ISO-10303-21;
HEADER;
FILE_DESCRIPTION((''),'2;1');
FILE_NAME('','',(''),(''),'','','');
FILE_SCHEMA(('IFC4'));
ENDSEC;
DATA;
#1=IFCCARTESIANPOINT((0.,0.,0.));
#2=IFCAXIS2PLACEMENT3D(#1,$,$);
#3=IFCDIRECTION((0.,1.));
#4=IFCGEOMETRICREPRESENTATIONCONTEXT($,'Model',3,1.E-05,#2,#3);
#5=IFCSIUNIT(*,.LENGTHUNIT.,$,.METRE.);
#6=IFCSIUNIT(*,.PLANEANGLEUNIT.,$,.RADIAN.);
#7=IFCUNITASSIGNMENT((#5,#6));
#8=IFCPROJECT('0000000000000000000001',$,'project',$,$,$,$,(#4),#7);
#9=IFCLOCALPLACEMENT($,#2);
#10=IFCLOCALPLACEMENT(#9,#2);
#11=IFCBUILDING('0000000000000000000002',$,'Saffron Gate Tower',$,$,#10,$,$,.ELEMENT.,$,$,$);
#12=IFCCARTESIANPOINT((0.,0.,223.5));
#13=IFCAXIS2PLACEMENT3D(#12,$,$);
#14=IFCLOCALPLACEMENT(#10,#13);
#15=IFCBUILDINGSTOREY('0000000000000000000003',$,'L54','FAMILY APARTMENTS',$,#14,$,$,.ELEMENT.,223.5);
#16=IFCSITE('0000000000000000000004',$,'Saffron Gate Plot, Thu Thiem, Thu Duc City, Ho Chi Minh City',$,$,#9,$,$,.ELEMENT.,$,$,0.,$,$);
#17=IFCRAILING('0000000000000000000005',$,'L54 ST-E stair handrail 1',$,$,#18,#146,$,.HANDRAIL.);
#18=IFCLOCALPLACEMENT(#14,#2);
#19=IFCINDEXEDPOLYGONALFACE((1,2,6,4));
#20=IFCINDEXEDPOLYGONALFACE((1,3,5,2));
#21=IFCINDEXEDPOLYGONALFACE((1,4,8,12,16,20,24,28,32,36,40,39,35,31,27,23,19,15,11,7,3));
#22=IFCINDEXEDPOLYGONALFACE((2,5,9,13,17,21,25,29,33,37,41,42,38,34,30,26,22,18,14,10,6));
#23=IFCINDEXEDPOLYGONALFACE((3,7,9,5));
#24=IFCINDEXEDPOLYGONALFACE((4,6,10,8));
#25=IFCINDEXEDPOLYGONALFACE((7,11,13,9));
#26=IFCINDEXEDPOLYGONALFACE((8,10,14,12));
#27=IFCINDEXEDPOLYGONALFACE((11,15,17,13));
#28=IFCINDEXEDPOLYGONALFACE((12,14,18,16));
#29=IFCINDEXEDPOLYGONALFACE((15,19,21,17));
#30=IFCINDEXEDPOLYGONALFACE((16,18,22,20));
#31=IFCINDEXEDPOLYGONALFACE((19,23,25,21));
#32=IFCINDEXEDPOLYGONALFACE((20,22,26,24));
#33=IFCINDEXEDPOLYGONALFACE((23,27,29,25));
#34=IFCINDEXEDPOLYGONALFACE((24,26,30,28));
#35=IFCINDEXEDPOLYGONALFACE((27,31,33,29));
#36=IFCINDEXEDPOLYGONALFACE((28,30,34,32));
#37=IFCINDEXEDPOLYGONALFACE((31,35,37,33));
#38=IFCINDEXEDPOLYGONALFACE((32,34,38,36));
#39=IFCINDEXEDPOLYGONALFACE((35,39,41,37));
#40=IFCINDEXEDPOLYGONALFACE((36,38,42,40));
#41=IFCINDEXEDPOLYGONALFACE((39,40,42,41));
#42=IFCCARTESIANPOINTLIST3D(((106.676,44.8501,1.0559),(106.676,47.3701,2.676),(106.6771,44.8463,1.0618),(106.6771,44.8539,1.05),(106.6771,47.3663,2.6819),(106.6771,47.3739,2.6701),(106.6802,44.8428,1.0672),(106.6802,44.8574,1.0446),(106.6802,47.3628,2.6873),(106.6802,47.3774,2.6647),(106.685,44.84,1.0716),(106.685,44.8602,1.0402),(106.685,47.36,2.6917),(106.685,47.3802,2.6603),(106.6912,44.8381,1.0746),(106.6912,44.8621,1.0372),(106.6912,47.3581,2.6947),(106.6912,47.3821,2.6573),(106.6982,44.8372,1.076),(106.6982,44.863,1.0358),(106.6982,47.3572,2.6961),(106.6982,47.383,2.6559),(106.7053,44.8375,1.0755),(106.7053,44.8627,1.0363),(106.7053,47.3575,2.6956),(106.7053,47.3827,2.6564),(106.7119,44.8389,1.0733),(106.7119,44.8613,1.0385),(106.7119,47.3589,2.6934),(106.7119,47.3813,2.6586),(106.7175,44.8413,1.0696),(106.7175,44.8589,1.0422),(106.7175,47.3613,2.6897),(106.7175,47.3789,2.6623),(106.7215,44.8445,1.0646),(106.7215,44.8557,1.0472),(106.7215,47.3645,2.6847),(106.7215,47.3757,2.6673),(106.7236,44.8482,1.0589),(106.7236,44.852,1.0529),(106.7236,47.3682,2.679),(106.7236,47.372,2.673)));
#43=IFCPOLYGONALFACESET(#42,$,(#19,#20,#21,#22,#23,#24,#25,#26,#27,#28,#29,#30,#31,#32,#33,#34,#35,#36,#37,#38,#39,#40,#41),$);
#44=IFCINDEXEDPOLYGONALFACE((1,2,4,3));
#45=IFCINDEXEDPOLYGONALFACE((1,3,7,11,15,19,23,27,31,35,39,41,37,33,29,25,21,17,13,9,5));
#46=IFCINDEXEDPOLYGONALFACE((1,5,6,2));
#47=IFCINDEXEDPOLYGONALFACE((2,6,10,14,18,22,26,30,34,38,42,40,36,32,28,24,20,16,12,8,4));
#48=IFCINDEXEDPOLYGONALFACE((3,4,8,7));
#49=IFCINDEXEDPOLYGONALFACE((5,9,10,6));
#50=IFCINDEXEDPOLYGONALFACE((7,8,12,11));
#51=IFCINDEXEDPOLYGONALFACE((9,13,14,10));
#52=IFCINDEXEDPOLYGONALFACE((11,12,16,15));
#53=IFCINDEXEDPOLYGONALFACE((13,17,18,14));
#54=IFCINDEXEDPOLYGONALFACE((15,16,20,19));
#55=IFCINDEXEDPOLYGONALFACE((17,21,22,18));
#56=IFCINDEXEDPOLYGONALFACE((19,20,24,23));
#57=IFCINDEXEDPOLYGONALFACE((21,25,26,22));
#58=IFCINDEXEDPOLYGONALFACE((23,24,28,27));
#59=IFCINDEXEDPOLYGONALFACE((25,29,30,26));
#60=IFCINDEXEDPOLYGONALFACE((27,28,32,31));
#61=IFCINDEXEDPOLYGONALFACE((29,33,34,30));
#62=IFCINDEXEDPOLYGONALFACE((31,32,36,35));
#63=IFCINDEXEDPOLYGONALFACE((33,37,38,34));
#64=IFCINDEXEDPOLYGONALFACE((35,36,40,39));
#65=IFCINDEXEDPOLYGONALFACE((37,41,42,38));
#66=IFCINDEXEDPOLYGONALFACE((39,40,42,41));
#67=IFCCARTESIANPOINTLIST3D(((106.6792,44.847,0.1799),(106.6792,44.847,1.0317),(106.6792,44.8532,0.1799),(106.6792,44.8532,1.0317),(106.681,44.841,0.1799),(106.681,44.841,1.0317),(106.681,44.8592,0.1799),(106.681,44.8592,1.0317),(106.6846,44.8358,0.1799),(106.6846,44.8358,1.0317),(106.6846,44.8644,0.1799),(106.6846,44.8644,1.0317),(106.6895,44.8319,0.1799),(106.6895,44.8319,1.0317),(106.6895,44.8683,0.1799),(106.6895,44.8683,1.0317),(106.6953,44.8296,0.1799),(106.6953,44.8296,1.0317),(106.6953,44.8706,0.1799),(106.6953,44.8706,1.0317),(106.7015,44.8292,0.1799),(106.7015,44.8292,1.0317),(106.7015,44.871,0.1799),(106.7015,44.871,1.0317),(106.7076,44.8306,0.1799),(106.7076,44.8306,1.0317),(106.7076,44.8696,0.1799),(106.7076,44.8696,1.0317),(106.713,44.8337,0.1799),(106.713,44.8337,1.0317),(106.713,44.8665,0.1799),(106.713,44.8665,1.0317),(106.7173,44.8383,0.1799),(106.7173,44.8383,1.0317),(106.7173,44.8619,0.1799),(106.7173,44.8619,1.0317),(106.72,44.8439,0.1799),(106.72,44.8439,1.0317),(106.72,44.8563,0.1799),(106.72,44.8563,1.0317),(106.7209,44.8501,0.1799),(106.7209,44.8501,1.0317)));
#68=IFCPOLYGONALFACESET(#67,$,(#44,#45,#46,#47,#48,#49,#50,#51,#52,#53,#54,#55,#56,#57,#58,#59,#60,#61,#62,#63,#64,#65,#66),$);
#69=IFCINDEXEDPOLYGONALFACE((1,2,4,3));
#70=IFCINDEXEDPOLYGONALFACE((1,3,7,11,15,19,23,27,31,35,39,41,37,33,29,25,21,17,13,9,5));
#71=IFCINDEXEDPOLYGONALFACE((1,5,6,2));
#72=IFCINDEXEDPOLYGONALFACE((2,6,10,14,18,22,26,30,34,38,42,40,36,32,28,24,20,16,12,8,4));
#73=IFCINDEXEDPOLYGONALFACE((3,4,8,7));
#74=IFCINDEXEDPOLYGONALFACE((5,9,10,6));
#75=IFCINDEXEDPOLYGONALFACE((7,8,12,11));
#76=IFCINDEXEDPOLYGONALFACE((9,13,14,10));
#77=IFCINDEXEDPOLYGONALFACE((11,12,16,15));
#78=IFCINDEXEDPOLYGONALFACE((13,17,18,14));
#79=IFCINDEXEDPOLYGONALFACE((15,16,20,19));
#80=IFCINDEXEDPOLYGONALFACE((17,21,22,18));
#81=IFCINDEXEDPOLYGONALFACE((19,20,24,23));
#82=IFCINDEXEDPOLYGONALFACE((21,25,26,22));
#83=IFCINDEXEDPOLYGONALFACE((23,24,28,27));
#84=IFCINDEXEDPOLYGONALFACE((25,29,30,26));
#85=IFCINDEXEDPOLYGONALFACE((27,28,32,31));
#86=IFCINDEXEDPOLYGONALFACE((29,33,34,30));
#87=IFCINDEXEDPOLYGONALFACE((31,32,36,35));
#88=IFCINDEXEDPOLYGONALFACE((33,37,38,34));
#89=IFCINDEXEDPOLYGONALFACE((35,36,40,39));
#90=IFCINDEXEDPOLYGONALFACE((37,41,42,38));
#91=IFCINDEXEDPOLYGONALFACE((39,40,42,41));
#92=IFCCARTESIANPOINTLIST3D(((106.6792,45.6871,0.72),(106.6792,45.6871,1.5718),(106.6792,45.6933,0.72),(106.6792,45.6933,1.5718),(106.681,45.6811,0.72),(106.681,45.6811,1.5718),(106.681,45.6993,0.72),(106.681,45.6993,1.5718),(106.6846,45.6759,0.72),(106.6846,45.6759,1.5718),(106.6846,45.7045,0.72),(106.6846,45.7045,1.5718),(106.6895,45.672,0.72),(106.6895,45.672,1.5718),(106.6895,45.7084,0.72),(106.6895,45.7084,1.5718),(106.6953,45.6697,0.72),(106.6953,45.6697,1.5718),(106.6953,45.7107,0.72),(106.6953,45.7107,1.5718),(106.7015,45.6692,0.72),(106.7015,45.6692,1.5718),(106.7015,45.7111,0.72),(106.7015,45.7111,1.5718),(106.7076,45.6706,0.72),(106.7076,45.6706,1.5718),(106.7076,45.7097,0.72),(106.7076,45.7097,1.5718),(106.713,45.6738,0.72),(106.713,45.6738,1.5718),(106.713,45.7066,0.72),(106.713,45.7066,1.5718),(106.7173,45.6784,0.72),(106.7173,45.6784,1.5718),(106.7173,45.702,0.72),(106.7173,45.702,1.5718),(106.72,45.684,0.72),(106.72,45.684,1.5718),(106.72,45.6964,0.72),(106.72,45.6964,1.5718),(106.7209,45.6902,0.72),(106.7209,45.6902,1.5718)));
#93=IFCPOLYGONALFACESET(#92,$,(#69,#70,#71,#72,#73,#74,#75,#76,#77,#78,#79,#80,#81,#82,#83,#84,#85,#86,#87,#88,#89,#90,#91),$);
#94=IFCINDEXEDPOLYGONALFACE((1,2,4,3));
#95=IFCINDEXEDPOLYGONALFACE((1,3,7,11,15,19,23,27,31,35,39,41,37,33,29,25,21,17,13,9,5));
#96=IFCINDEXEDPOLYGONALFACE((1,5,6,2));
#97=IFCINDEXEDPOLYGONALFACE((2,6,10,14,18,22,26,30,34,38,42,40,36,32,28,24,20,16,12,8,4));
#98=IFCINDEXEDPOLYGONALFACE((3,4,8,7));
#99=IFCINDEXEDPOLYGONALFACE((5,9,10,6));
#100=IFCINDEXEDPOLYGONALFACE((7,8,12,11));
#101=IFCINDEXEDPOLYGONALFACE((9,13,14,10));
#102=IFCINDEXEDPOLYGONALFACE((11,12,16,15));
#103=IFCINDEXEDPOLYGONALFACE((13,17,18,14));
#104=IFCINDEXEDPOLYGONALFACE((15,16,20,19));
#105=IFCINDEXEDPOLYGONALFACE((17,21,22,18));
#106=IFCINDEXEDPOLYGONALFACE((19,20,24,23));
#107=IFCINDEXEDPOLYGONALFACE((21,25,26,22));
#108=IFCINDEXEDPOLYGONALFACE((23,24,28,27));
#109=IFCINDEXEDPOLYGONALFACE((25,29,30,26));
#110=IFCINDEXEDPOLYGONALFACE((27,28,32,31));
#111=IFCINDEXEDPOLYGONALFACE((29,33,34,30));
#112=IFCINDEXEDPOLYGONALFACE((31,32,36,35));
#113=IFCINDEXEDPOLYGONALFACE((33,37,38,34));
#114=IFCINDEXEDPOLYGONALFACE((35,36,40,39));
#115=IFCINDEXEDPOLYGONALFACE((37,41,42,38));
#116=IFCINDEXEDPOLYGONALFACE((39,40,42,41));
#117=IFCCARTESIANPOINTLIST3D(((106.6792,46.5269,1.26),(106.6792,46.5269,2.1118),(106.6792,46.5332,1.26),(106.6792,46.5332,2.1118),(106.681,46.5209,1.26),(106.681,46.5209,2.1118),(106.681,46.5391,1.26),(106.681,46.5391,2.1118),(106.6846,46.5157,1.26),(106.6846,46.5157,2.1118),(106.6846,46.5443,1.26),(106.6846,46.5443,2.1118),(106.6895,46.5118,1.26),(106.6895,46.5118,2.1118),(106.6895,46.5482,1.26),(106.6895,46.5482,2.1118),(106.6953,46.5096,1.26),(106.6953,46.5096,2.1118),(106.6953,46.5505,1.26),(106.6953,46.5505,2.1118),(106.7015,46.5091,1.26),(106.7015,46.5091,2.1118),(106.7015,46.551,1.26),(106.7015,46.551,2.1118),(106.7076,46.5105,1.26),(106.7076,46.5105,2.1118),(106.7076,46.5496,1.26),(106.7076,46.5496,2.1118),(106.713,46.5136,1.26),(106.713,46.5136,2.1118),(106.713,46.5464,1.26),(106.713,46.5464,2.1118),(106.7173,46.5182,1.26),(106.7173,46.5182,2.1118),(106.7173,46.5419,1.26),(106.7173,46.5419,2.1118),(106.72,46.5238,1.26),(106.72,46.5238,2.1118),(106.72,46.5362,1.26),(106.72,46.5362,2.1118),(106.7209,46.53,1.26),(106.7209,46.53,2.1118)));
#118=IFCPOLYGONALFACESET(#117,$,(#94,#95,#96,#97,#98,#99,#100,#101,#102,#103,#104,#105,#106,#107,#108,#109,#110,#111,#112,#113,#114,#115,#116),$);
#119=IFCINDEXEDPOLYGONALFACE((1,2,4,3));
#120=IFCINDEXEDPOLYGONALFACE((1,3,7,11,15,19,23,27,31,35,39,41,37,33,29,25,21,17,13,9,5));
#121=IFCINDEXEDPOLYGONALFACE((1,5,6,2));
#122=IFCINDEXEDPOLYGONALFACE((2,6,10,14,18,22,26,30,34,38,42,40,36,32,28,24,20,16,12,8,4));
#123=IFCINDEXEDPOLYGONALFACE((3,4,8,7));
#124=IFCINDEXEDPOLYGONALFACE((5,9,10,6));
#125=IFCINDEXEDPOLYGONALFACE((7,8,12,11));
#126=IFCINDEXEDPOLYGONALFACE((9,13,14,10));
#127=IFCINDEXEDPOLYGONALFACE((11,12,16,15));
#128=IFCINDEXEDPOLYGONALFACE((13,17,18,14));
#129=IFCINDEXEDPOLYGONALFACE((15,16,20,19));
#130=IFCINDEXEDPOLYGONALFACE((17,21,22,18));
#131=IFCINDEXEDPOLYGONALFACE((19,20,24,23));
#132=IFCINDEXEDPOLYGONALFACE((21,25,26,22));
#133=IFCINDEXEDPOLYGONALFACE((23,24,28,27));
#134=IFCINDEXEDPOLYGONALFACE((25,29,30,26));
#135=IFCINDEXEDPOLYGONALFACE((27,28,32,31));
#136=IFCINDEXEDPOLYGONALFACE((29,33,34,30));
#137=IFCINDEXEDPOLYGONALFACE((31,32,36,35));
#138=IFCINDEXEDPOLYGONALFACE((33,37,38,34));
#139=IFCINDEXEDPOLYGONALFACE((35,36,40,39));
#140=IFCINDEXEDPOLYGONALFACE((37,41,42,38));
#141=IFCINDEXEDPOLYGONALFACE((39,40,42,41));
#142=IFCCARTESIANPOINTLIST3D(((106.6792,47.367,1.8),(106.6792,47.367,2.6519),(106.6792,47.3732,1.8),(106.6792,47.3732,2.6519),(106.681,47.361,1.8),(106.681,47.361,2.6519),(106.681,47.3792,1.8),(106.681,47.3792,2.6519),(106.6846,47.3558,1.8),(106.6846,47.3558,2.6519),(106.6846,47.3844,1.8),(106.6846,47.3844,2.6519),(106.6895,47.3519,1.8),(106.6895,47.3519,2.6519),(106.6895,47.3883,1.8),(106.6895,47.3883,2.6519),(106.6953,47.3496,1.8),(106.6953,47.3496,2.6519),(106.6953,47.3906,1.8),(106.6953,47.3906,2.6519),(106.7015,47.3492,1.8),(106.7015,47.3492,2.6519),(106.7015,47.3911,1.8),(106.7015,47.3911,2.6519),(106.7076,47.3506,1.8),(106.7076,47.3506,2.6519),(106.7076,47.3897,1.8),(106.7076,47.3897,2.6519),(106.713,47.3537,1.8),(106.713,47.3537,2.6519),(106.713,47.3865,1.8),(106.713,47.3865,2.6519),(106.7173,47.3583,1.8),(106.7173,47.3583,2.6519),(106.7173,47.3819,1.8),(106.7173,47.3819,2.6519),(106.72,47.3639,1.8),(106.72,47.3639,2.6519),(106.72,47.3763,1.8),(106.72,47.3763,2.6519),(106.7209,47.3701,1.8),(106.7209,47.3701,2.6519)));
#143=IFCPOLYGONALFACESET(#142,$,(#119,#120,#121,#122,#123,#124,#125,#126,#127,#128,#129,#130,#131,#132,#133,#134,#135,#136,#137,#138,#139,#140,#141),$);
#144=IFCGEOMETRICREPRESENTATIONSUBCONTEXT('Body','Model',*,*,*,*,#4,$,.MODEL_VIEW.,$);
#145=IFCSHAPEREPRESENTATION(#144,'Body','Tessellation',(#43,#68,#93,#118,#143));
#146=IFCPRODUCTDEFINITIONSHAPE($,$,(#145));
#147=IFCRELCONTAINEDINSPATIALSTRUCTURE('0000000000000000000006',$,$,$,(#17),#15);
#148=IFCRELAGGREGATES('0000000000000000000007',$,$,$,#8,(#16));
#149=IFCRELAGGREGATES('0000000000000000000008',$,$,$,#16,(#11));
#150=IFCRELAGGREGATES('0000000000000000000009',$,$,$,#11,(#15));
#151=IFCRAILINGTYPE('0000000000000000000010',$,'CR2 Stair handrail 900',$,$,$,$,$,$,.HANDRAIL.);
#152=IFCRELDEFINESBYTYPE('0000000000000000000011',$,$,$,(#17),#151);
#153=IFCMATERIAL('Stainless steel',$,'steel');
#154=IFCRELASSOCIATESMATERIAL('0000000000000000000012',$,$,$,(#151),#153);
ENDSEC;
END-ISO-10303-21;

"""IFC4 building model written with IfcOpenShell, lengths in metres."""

from ifc_helpers import new_model, si_unit, direction, frame, origin, origin_2d, place, context, subcontext, project, spatial, circle, extrude, material, type_object, element, save


model = new_model("IFC4")

# Units and contexts
model_context = context("Model", 3, precision=1e-05, world=origin(), true_north=direction((0.0, 1.0)))
body_context = subcontext(model_context, "Body", "Model", "MODEL_VIEW")
ifc_project = project(units=[si_unit("LENGTHUNIT", "METRE"), si_unit("PLANEANGLEUNIT", "RADIAN")], contexts=[model_context])

# Site, building, storey
site_placement = place(None, origin())
site = spatial("IfcSite", under=ifc_project, at=site_placement, Name="Saffron Gate Plot, Thu Thiem, Thu Duc City, Ho Chi Minh City", CompositionType="ELEMENT", RefElevation=0.0)
building_placement = place(site_placement, origin())
building = spatial("IfcBuilding", under=site, at=building_placement, Name="Saffron Gate Tower", CompositionType="ELEMENT")
storey_placement = place(building_placement, frame((0.0, 0.0, 223.5)))
storey = spatial("IfcBuildingStorey", under=building, at=storey_placement, Name="L54", Description="FAMILY APARTMENTS", CompositionType="ELEMENT", Elevation=223.5)

# Railing
ifc_material_1 = material(Name="Stainless steel", Category="steel")
railing_type_1 = type_object("IfcRailingType", Name="CR2 Stair handrail 900", PredefinedType="HANDRAIL", material=ifc_material_1)
railing_1_placement = place(storey_placement, frame((106.7, 44.8501, 0.1799)))
element("IfcRailing", 1, at=railing_1_placement, inside=storey, type_object=railing_type_1, Name="L54 ST-E stair handrail 1", PredefinedType="HANDRAIL", context=body_context, shape_type="SweptSolid", body=[
    extrude(circle(Radius=0.0239, at=origin_2d()), frame((0.0, 0.0, 0.876), z_axis=(0.0, 0.841163, 0.540782), x_axis=(-1.0, 0.0, 0.0)), (0.0, 0.0, 1.0), 2.9958),
    extrude(circle(Radius=0.021, at=origin_2d()), origin(), (0.0, 0.0, 1.0), 0.8518),
    extrude(circle(Radius=0.021, at=origin_2d()), frame((0.0, 0.8401, 0.54)), (0.0, 0.0, 1.0), 0.8518),
    extrude(circle(Radius=0.021, at=origin_2d()), frame((0.0, 1.6799, 1.0801)), (0.0, 0.0, 1.0), 0.8518),
    extrude(circle(Radius=0.021, at=origin_2d()), frame((0.0, 2.52, 1.6201)), (0.0, 0.0, 1.0), 0.8518),
])

save(model, "model.ifc")
